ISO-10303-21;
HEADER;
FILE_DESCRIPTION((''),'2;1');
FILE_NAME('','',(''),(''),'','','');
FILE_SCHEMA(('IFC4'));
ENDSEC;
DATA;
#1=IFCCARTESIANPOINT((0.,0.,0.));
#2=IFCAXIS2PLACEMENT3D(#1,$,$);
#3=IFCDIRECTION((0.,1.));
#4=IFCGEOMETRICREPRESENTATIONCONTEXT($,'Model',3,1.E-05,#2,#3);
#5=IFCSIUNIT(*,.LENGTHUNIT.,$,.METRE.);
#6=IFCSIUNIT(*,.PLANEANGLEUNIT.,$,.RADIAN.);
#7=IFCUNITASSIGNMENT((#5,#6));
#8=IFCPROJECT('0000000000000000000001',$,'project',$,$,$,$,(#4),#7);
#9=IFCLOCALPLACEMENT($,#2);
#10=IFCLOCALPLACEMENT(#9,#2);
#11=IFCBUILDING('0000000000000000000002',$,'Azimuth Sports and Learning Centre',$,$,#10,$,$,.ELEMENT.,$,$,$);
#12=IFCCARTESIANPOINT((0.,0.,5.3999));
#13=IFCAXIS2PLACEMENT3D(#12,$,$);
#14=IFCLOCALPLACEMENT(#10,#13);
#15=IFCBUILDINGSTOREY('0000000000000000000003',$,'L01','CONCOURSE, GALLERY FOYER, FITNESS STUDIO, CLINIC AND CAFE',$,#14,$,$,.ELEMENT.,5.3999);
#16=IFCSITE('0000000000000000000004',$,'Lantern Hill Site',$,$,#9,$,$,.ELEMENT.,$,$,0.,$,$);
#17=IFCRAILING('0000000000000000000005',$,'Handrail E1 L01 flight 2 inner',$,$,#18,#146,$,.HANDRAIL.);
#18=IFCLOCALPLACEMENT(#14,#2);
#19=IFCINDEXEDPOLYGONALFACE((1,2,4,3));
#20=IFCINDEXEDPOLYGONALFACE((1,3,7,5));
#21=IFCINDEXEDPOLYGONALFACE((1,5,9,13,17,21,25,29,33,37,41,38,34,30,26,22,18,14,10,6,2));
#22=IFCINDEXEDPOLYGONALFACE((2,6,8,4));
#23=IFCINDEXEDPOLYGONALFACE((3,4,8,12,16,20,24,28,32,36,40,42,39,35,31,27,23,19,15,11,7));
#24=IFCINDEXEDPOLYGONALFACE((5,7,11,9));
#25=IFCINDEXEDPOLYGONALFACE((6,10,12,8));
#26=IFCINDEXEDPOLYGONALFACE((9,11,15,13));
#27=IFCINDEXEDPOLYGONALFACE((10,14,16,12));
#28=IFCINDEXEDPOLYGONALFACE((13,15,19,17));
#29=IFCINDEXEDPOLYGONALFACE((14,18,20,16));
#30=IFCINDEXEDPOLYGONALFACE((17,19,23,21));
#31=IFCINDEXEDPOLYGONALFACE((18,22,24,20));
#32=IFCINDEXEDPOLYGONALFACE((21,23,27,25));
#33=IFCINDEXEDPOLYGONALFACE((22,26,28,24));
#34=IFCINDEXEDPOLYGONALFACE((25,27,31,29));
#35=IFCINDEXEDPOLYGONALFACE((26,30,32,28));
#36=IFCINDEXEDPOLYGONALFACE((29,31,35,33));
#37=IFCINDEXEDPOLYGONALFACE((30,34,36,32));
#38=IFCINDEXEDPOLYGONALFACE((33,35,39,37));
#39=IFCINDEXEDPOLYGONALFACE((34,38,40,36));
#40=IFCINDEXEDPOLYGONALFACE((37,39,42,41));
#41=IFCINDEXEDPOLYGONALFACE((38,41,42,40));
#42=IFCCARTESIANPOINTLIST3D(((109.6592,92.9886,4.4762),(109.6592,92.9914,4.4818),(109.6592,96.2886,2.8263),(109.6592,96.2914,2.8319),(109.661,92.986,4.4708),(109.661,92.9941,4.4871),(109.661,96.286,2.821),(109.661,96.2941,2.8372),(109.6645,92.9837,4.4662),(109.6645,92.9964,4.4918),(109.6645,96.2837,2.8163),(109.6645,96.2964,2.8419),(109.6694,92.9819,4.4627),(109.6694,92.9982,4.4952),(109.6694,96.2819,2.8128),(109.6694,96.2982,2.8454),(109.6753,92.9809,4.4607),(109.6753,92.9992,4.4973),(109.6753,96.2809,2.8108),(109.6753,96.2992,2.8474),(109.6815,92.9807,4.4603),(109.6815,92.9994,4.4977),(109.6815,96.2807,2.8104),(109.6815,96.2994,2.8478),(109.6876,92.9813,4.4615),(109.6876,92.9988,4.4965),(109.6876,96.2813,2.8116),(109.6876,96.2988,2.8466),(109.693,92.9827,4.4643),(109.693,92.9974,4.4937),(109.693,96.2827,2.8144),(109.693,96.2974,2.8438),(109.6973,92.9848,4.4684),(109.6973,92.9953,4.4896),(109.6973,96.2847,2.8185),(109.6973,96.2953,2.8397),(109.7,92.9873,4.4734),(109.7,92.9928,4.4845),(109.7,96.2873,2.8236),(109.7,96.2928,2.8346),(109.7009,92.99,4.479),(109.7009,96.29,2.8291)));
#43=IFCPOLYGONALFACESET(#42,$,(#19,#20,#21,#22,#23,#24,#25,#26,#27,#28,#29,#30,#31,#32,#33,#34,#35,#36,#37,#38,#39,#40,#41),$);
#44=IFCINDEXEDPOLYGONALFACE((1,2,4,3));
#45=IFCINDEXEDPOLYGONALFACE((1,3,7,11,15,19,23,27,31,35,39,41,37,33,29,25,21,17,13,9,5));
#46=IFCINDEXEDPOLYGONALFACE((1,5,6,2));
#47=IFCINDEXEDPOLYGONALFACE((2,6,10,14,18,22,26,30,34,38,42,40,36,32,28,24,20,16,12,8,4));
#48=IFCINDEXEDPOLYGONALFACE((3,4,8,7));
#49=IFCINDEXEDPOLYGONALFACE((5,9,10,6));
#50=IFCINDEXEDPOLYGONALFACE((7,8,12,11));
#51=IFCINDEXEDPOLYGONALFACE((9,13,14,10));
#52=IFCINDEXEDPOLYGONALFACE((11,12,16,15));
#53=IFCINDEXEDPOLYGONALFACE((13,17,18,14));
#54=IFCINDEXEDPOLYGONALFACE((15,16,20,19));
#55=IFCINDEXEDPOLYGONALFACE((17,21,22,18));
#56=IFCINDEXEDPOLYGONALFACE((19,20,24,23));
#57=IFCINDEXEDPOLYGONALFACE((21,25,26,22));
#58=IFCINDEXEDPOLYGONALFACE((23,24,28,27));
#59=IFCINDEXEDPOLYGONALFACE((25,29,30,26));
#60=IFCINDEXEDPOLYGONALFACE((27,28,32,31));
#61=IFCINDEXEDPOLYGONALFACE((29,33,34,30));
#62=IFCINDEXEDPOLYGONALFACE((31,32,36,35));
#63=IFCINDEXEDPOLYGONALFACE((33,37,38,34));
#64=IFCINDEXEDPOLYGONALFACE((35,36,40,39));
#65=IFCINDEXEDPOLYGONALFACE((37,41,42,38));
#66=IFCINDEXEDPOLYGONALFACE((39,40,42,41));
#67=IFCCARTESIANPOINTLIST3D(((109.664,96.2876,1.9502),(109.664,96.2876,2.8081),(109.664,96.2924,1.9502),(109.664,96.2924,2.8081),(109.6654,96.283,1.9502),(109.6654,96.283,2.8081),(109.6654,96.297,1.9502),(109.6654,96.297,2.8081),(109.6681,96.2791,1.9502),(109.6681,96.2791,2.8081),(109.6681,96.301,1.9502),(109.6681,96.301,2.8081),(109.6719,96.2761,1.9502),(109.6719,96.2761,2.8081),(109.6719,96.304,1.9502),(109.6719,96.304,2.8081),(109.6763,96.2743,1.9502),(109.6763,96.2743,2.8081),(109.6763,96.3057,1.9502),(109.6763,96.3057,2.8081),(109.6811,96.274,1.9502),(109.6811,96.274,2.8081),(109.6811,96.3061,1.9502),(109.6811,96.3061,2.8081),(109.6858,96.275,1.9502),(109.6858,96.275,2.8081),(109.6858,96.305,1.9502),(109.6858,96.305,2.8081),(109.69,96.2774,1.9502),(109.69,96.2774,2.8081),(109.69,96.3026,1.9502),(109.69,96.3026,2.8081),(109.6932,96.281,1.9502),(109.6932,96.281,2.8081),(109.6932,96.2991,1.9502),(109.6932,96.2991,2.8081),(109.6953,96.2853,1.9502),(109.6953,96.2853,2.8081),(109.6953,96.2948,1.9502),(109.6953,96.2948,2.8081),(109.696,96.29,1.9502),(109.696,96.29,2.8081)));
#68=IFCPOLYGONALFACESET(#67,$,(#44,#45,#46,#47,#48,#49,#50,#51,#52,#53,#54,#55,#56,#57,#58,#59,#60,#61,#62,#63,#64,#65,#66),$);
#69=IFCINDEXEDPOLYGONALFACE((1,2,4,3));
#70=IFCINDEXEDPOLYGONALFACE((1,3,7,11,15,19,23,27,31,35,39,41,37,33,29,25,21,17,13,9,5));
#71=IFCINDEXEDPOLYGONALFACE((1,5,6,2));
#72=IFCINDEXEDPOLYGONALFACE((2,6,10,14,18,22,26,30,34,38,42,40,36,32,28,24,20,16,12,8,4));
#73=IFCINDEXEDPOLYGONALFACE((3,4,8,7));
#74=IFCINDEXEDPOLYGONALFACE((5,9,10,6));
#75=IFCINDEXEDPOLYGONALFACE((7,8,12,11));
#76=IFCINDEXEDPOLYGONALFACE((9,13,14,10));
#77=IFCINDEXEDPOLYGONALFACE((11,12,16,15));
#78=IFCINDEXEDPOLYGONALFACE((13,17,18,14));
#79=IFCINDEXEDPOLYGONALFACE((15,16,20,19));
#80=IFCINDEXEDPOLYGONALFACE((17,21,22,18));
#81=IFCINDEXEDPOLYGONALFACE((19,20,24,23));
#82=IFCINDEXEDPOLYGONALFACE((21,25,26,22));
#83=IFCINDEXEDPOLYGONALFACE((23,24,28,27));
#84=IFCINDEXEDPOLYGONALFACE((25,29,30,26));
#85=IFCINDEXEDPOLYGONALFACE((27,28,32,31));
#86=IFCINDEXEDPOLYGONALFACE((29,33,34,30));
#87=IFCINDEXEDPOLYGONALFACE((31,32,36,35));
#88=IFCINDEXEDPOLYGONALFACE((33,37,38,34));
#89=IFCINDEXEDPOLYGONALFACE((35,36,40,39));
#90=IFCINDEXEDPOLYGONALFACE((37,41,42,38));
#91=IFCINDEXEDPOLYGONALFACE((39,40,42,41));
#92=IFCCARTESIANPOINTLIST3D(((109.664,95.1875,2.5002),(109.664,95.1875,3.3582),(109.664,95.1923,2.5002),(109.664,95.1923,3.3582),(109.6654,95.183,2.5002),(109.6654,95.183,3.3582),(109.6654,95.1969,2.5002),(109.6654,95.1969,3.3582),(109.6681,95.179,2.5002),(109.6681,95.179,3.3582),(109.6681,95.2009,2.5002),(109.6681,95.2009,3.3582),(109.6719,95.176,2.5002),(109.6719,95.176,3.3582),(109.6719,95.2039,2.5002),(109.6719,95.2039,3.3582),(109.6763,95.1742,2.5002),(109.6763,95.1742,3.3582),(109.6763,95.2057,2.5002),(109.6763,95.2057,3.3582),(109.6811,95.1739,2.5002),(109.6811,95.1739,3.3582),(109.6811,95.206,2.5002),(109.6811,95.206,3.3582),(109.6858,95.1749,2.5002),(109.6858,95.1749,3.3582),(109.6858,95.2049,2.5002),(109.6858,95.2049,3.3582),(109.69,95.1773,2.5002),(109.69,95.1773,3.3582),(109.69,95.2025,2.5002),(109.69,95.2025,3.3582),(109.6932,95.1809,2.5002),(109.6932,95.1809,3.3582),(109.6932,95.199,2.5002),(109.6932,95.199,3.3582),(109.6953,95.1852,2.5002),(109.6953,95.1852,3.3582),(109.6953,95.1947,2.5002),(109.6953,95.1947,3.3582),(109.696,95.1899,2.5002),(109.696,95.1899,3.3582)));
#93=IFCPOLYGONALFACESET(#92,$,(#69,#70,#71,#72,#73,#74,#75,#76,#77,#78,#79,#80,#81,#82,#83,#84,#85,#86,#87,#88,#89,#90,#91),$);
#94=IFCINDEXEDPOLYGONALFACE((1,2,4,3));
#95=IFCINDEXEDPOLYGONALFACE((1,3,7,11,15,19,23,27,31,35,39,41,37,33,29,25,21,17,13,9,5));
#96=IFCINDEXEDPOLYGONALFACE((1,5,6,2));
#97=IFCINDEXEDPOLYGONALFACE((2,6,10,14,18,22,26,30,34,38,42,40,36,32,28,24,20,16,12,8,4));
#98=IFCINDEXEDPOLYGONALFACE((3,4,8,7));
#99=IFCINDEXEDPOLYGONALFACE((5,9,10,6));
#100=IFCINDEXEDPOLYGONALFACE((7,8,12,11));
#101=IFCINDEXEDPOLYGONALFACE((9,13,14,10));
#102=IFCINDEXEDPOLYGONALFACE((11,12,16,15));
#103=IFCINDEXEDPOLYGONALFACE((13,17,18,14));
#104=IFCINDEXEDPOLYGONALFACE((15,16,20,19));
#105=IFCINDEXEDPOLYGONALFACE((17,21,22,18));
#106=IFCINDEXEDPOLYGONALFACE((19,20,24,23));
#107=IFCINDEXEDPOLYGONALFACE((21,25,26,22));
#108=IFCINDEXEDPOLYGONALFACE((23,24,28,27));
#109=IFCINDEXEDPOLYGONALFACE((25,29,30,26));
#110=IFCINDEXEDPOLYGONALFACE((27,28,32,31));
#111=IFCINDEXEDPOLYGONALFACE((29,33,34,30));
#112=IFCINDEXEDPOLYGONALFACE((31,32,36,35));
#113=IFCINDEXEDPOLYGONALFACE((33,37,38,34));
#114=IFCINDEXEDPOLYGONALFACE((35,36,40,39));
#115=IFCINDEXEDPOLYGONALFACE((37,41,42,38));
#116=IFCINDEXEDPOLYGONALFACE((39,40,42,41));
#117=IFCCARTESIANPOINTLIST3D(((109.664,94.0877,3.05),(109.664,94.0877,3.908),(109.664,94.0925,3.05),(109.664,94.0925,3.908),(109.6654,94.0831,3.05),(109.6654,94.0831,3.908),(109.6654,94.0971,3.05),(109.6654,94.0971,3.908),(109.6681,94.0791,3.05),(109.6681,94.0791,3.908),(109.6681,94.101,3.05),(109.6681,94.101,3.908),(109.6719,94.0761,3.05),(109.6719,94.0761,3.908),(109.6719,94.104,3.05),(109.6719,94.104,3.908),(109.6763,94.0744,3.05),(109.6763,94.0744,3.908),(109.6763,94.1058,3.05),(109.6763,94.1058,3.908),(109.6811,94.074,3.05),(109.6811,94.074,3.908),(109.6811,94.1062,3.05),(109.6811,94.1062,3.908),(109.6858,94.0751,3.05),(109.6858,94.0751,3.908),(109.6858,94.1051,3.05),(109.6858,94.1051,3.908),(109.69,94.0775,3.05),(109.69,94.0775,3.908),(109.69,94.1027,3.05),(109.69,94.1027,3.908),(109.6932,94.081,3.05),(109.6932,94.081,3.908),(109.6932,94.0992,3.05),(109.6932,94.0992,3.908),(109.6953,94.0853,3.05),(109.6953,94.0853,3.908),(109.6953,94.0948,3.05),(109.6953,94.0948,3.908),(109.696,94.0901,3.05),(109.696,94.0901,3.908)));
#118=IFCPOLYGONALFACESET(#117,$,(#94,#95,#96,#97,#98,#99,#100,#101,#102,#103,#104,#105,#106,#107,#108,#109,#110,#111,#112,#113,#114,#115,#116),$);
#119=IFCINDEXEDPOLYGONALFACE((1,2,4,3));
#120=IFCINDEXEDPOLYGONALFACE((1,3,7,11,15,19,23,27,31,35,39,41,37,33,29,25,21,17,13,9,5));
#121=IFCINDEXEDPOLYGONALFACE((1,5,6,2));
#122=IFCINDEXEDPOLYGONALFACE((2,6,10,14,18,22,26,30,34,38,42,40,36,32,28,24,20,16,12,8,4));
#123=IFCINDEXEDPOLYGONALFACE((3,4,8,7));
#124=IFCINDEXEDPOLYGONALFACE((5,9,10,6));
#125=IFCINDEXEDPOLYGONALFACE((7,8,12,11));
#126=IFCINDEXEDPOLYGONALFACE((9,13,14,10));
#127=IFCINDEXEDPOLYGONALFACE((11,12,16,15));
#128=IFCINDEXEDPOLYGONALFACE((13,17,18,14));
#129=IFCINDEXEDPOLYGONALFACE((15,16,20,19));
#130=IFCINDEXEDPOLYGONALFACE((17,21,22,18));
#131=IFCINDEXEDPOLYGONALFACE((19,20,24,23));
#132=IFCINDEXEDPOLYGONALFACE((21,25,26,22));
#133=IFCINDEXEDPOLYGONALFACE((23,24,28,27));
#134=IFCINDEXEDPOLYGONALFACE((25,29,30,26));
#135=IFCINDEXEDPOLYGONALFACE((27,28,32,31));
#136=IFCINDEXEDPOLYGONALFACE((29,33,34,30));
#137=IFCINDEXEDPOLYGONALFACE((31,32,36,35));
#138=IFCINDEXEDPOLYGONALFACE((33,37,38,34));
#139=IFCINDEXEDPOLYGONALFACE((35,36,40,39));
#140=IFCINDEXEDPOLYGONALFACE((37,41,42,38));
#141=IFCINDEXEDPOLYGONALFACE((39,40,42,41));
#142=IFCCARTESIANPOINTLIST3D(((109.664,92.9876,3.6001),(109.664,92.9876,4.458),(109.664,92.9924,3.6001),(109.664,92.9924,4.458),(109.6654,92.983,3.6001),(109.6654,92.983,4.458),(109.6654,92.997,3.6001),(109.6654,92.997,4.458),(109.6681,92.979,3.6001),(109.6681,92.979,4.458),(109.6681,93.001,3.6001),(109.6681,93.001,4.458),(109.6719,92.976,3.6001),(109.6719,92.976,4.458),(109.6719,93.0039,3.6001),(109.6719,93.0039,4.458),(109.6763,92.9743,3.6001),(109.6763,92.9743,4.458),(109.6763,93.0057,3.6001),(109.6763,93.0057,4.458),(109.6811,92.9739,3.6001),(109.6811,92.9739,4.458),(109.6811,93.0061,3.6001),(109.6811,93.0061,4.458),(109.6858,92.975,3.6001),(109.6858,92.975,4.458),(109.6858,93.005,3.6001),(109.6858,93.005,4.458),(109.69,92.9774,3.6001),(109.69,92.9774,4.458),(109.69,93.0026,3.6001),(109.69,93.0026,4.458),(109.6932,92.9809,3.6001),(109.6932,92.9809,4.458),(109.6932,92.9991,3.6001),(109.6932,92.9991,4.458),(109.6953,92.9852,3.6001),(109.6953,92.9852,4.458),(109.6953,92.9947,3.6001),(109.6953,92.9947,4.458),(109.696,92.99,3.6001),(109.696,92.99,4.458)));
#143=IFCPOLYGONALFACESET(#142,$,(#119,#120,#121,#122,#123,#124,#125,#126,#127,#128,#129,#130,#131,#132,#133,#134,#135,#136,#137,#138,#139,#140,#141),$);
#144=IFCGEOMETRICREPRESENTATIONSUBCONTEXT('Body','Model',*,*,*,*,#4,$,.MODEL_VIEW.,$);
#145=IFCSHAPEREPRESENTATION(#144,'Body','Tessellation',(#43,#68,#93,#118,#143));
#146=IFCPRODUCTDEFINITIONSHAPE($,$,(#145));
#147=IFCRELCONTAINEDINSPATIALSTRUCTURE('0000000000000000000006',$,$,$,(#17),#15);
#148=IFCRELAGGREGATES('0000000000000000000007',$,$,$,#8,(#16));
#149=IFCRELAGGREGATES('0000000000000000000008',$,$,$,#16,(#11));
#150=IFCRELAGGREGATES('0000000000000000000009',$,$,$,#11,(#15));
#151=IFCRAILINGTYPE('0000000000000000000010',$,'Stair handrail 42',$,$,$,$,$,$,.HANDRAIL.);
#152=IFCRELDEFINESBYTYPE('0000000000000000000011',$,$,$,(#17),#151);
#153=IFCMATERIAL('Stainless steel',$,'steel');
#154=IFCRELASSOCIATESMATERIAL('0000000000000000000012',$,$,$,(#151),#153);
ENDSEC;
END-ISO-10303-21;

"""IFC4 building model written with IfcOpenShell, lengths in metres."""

from ifc_helpers import new_model, si_unit, direction, frame, origin, origin_2d, place, context, subcontext, project, spatial, circle, extrude, material, type_object, element, save


model = new_model("IFC4")

# Units and contexts
model_context = context("Model", 3, precision=1e-05, world=origin(), true_north=direction((0.0, 1.0)))
body_context = subcontext(model_context, "Body", "Model", "MODEL_VIEW")
ifc_project = project(units=[si_unit("LENGTHUNIT", "METRE"), si_unit("PLANEANGLEUNIT", "RADIAN")], contexts=[model_context])

# Site, building, storey
site_placement = place(None, origin())
site = spatial("IfcSite", under=ifc_project, at=site_placement, Name="Lantern Hill Site", CompositionType="ELEMENT", RefElevation=0.0)
building_placement = place(site_placement, origin())
building = spatial("IfcBuilding", under=site, at=building_placement, Name="Azimuth Sports and Learning Centre", CompositionType="ELEMENT")
storey_placement = place(building_placement, frame((0.0, 0.0, 5.3999)))
storey = spatial("IfcBuildingStorey", under=building, at=storey_placement, Name="L01", Description="CONCOURSE, GALLERY FOYER, FITNESS STUDIO, CLINIC AND CAFE", CompositionType="ELEMENT", Elevation=5.3999)

# Railing
ifc_material_1 = material(Name="Stainless steel", Category="steel")
railing_type = type_object("IfcRailingType", Name="Stair handrail 42", PredefinedType="HANDRAIL", material=ifc_material_1)
for number, where, name in (
    (1, (109.6799, 96.29, 1.9502), "Handrail E1 L01 flight 2 inner"),
):
    element("IfcRailing", number, at=place(storey_placement, frame(where)), inside=storey, type_object=railing_type, Name=name, PredefinedType="HANDRAIL", context=body_context, shape_type="SweptSolid", body=[
        extrude(circle(Radius=0.021, at=origin_2d()), frame((0.0, 0.0, 0.8789), z_axis=(0.0, -0.89444, 0.447187), x_axis=(1.0, 0.0, 0.0)), (0.0, 0.0, 1.0), 3.6895),
        extrude(circle(Radius=0.0161, at=origin_2d()), origin(), (0.0, 0.0, 1.0), 0.8579),
        extrude(circle(Radius=0.0161, at=origin_2d()), frame((0.0, -1.1001, 0.55)), (0.0, 0.0, 1.0), 0.8579),
        extrude(circle(Radius=0.0161, at=origin_2d()), frame((0.0, -2.2, 1.0999)), (0.0, 0.0, 1.0), 0.8579),
        extrude(circle(Radius=0.0161, at=origin_2d()), frame((0.0, -3.3, 1.6499)), (0.0, 0.0, 1.0), 0.8579),
    ])

save(model, "model.ifc")
